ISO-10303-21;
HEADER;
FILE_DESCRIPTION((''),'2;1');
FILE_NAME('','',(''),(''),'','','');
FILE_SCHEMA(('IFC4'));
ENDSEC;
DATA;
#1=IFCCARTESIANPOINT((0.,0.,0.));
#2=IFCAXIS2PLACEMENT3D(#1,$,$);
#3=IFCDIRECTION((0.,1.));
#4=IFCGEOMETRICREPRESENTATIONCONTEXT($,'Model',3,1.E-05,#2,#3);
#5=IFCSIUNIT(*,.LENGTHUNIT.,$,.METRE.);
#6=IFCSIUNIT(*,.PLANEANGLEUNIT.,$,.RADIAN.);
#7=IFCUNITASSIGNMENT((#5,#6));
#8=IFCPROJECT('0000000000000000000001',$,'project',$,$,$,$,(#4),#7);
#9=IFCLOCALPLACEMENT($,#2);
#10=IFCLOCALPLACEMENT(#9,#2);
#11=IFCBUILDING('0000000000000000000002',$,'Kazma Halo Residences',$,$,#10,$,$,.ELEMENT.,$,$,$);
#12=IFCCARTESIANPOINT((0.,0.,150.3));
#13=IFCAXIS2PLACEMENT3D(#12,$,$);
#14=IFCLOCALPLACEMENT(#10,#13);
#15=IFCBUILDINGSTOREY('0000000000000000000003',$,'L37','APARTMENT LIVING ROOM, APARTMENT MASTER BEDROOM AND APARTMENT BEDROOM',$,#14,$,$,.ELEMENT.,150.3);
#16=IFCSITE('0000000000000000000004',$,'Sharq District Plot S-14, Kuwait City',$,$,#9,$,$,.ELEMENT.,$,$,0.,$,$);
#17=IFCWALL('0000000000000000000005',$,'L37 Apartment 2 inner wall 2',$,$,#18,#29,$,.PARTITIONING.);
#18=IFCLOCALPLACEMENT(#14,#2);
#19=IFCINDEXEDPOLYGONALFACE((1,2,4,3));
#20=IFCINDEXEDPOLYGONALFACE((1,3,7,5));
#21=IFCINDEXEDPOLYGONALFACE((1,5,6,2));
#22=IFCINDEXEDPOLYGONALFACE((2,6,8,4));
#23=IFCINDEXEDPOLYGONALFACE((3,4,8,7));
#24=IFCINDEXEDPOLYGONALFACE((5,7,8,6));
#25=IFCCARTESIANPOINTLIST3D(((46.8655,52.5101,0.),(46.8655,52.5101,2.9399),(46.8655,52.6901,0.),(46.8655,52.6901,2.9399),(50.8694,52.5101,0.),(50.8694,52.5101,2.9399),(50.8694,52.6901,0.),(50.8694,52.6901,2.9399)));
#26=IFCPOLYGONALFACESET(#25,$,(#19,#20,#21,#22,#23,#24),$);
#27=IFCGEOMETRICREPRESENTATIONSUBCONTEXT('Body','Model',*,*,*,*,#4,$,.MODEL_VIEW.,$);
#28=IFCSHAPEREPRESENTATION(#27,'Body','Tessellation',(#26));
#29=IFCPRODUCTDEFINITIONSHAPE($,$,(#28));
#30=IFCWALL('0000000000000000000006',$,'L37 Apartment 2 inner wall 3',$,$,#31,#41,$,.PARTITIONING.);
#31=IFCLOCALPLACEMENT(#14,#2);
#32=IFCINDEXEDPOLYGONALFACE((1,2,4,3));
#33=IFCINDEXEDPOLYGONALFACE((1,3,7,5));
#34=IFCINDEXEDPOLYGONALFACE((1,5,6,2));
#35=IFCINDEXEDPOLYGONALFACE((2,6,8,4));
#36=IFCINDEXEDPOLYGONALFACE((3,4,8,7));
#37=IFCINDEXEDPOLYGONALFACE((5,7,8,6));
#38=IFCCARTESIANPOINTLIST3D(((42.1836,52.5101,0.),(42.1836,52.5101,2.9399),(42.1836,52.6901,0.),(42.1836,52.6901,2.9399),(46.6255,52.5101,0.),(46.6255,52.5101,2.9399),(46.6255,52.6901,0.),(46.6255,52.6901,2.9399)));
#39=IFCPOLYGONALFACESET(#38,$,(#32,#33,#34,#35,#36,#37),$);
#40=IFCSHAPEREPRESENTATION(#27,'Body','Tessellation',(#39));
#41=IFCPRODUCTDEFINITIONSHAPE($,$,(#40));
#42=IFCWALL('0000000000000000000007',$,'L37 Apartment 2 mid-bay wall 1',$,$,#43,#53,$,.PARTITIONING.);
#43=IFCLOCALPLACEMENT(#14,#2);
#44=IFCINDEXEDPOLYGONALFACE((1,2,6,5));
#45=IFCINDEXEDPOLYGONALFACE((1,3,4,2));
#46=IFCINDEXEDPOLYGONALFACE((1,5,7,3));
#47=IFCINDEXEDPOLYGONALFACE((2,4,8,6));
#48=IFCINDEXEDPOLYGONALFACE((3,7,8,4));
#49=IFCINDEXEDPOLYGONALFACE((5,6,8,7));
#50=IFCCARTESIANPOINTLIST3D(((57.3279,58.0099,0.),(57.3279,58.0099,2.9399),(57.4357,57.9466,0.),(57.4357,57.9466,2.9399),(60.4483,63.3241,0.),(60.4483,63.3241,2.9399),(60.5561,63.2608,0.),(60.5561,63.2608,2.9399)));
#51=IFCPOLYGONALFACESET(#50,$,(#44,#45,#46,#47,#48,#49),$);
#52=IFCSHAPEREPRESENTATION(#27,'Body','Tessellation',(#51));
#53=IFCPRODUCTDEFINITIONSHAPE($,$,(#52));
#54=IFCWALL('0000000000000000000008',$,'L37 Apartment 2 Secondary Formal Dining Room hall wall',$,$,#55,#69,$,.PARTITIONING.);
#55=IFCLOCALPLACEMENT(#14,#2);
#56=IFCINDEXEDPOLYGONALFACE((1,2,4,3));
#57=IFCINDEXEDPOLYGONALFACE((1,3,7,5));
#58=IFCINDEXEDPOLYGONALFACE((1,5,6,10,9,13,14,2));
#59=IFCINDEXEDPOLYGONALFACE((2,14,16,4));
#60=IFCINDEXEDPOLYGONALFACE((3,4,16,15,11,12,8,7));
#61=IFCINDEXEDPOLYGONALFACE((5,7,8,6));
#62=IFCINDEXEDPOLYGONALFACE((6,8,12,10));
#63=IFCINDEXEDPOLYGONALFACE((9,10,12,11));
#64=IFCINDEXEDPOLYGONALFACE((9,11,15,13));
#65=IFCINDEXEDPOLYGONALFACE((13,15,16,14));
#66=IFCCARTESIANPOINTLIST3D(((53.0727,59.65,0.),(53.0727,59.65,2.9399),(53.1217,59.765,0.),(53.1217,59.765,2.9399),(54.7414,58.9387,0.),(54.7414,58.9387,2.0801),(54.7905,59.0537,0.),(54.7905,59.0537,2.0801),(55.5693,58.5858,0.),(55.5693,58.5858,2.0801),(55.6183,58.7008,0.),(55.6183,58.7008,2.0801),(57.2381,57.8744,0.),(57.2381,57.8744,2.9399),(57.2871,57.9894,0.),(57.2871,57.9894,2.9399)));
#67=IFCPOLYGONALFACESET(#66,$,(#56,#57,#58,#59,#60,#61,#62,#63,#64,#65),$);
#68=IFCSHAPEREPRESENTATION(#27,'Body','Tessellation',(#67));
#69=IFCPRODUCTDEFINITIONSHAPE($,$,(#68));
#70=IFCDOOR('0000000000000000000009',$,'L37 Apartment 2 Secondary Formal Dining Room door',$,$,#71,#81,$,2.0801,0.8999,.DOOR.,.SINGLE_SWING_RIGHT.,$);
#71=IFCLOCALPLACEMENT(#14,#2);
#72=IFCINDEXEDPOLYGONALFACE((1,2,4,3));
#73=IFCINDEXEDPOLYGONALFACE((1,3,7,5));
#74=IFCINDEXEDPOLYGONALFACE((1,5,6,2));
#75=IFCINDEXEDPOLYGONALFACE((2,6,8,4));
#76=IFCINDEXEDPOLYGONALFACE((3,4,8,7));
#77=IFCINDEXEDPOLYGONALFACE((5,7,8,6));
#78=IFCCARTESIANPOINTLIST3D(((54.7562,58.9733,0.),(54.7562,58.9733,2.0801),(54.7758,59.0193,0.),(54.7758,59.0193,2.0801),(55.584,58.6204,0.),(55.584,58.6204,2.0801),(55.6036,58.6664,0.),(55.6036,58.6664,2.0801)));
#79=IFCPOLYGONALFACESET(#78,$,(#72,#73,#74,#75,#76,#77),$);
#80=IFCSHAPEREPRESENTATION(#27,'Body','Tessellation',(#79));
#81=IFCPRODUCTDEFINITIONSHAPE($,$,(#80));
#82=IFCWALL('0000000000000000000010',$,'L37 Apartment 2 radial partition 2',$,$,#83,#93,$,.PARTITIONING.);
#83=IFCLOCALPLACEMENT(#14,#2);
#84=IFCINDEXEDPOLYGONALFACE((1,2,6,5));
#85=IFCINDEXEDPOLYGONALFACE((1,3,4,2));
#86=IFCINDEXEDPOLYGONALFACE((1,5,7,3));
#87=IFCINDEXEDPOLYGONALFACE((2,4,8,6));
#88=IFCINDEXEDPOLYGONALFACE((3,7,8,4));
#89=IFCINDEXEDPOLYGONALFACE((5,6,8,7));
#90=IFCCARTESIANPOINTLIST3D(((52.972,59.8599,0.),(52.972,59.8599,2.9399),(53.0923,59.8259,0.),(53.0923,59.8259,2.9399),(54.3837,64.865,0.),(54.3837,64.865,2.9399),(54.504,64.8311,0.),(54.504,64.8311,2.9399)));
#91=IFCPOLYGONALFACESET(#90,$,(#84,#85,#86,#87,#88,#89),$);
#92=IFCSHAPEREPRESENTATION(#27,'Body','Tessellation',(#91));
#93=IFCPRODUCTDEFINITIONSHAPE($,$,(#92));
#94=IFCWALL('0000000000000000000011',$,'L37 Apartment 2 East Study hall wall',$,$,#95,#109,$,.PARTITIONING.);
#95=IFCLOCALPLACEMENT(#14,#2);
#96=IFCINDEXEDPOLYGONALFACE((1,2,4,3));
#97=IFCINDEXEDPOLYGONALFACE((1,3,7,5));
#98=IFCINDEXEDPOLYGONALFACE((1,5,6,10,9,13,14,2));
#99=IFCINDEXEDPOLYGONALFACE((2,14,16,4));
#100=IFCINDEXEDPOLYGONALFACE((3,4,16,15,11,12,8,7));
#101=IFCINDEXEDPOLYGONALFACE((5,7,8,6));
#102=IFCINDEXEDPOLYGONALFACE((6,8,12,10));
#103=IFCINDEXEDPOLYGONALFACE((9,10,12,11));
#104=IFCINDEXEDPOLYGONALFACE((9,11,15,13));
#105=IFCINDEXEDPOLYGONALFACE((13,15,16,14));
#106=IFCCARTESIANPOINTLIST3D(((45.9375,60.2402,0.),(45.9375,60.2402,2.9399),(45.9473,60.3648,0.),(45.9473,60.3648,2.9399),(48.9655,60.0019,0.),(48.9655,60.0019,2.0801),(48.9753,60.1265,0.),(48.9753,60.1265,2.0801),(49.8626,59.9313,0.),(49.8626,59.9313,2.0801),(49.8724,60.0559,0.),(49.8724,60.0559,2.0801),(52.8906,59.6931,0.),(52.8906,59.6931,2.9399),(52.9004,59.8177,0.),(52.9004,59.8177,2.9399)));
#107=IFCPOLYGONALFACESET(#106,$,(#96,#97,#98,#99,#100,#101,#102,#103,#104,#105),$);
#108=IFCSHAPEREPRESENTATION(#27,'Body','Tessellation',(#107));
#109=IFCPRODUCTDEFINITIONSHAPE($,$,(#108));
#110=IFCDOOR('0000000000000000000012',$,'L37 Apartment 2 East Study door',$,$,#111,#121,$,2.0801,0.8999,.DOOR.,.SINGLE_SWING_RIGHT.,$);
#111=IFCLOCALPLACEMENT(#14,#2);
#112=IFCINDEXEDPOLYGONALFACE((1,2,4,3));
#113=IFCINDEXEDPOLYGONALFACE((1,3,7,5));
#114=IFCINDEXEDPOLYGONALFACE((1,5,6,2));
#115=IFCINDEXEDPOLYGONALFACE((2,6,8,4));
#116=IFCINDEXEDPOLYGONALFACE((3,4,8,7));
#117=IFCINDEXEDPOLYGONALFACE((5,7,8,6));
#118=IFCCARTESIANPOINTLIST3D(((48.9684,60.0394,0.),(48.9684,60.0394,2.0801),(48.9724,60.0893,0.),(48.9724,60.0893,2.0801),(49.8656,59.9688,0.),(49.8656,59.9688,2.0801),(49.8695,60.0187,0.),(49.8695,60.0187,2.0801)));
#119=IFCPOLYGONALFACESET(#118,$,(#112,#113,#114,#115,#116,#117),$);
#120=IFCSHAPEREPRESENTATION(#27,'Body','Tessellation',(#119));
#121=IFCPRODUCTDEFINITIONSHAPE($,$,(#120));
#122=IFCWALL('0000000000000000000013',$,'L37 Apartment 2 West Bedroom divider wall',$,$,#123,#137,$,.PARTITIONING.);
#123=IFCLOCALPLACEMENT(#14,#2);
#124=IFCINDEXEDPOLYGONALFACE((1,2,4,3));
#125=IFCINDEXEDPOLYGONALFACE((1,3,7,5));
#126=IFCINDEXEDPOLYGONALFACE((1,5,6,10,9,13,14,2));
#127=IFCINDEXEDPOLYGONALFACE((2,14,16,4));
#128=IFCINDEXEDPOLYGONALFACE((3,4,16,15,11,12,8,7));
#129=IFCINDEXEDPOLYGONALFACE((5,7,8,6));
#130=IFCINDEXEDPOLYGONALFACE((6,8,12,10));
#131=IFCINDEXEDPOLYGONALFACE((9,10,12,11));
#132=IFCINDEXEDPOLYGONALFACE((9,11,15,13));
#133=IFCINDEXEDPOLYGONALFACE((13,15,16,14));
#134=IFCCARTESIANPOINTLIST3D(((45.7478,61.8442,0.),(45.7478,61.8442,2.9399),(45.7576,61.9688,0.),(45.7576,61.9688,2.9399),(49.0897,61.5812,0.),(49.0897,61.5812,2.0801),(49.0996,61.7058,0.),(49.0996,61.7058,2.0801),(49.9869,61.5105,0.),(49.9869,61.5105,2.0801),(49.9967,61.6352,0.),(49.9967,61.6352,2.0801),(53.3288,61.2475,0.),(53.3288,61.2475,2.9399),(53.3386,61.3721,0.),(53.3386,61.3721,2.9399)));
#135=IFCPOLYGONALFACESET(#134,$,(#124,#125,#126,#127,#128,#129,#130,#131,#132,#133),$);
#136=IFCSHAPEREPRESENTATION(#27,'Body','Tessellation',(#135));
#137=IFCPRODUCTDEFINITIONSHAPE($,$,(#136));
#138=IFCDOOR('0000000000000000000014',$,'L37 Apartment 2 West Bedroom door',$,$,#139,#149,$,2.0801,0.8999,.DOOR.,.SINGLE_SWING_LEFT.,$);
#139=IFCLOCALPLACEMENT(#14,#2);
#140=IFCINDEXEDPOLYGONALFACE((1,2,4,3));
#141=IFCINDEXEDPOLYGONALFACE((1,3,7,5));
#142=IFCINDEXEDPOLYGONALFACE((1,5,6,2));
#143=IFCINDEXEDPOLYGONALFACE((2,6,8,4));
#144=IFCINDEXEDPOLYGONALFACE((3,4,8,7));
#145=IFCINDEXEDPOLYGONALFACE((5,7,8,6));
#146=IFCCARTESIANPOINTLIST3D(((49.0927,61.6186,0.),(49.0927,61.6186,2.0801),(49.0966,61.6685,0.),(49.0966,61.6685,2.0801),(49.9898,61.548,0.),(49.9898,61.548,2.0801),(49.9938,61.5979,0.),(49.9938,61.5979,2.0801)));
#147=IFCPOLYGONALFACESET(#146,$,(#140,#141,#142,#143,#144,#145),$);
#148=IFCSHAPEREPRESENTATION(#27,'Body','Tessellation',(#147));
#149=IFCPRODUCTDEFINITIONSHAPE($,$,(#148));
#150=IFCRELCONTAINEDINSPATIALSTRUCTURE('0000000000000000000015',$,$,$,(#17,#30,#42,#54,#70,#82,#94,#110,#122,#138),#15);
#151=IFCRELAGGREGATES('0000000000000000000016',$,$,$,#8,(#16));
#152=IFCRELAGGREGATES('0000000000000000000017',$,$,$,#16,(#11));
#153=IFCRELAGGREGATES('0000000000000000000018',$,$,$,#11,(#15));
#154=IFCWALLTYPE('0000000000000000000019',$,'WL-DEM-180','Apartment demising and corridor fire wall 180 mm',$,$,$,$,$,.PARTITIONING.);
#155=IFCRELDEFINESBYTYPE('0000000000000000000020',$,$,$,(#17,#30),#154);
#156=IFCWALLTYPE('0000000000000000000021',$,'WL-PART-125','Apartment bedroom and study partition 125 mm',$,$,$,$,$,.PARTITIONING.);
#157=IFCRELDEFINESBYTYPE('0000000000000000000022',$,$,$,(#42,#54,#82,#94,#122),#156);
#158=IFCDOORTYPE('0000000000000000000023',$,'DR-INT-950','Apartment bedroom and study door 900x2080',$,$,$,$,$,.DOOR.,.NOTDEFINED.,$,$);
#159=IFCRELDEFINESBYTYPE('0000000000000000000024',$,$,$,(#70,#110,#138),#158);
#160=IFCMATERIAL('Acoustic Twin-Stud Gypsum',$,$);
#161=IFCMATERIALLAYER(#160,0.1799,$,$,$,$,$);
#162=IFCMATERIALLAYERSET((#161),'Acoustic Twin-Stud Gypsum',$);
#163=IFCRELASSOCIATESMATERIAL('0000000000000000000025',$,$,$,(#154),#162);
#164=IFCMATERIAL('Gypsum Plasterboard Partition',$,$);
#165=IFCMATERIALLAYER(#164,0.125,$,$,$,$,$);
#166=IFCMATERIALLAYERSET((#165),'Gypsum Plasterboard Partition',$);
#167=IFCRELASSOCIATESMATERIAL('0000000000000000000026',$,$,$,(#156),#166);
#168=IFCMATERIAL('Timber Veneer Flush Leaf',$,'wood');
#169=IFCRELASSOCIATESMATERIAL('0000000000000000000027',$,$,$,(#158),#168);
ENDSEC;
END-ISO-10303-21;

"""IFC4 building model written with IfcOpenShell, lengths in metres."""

from ifc_helpers import new_model, si_unit, direction, frame, frame_2d, origin, place, context, subcontext, project, spatial, rectangle, extrude, material, layer, layer_set, type_object, element, fill, save


model = new_model("IFC4")

# Units and contexts
model_context = context("Model", 3, precision=1e-05, world=origin(), true_north=direction((0.0, 1.0)))
body_context = subcontext(model_context, "Body", "Model", "MODEL_VIEW")
ifc_project = project(units=[si_unit("LENGTHUNIT", "METRE"), si_unit("PLANEANGLEUNIT", "RADIAN")], contexts=[model_context])

# Site, building, storey
site_placement = place(None, origin())
site = spatial("IfcSite", under=ifc_project, at=site_placement, Name="Sharq District Plot S-14, Kuwait City", CompositionType="ELEMENT", RefElevation=0.0)
building_placement = place(site_placement, origin())
building = spatial("IfcBuilding", under=site, at=building_placement, Name="Kazma Halo Residences", CompositionType="ELEMENT")
storey_placement = place(building_placement, frame((0.0, 0.0, 150.3)))
storey = spatial("IfcBuildingStorey", under=building, at=storey_placement, Name="L37", Description="APARTMENT LIVING ROOM, APARTMENT MASTER BEDROOM AND APARTMENT BEDROOM", CompositionType="ELEMENT", Elevation=150.3)

# Walls
ifc_material_1 = material(Name="Acoustic Twin-Stud Gypsum")
ifc_layer_1 = layer(ifc_material_1, 0.1799)
ifc_layer_set_1 = layer_set([ifc_layer_1], Name="Acoustic Twin-Stud Gypsum")
wall_type_1 = type_object("IfcWallType", Name="WL-DEM-180", Description="Apartment demising and corridor fire wall 180 mm", PredefinedType="PARTITIONING", material=ifc_layer_set_1)
wall_1_placement = place(storey_placement, frame((50.8694, 52.6001, 0.0), z_axis=(0.0, 0.0, 1.0), x_axis=(-1.0, 0.0, 0.0)))
element("IfcWall", 1, at=wall_1_placement, inside=storey, type_object=wall_type_1, Name="L37 Apartment 2 inner wall 2", PredefinedType="PARTITIONING", context=body_context, shape_type="SweptSolid", body=[
    extrude(rectangle(XDim=4.0039, YDim=0.1799, at=frame_2d((2.002, 0.0))), origin(), (0.0, 0.0, 1.0), 2.9399),
])
wall_2_placement = place(storey_placement, frame((46.6255, 52.6001, 0.0), z_axis=(0.0, 0.0, 1.0), x_axis=(-1.0, 0.0, 0.0)))
element("IfcWall", 2, at=wall_2_placement, inside=storey, type_object=wall_type_1, Name="L37 Apartment 2 inner wall 3", PredefinedType="PARTITIONING", context=body_context, shape_type="SweptSolid", body=[
    extrude(rectangle(XDim=4.4419, YDim=0.1799, at=frame_2d((2.2209, 0.0))), origin(), (0.0, 0.0, 1.0), 2.9399),
])
ifc_material_2 = material(Name="Gypsum Plasterboard Partition")
ifc_layer_2 = layer(ifc_material_2, 0.125)
ifc_layer_set_2 = layer_set([ifc_layer_2], Name="Gypsum Plasterboard Partition")
wall_type_2 = type_object("IfcWallType", Name="WL-PART-125", Description="Apartment bedroom and study partition 125 mm", PredefinedType="PARTITIONING", material=ifc_layer_set_2)
wall_3_placement = place(storey_placement, frame((57.3818, 57.9783, 0.0), z_axis=(0.0, 0.0, 1.0), x_axis=(0.50634, 0.862334, 0.0)))
element("IfcWall", 3, at=wall_3_placement, inside=storey, type_object=wall_type_2, Name="L37 Apartment 2 mid-bay wall 1", PredefinedType="PARTITIONING", context=body_context, shape_type="SweptSolid", body=[
    extrude(rectangle(XDim=6.1626, YDim=0.125, at=frame_2d((3.0813, 0.0))), origin(), (0.0, 0.0, 1.0), 2.9399),
])

# Wall, opening, door
wall_4_placement = place(storey_placement, frame((57.2627, 57.9319, 0.0), z_axis=(0.0, 0.0, 1.0), x_axis=(-0.91991, 0.392129, 0.0)))
wall_4 = element("IfcWall", 4, at=wall_4_placement, inside=storey, type_object=wall_type_2, Name="L37 Apartment 2 Secondary Formal Dining Room hall wall", PredefinedType="PARTITIONING", context=body_context, shape_type="SweptSolid", body=[
    extrude(rectangle(XDim=4.5281, YDim=0.125, at=frame_2d((2.2642, 0.0))), origin(), (0.0, 0.0, 1.0), 2.9399),
])
opening_1_placement = place(wall_4_placement, frame((1.8142, 0.0, 0.0)))
opening_1 = element("IfcOpeningElement", 5, at=opening_1_placement, cuts=wall_4, PredefinedType="OPENING", context=body_context, shape_type="SweptSolid", body=[
    extrude(rectangle(XDim=0.8999, YDim=2.0801, at=frame_2d((0.45, 1.04))), frame((0.0, 0.0725, 0.0), z_axis=(0.0, -1.0, 0.0), x_axis=(1.0, 0.0, 0.0)), (0.0, 0.0, 1.0), 0.145),
])
ifc_material_3 = material(Name="Timber Veneer Flush Leaf", Category="wood")
door_type = type_object("IfcDoorType", Name="DR-INT-950", Description="Apartment bedroom and study door 900x2080", OperationType="NOTDEFINED", PredefinedType="DOOR", material=ifc_material_3)
door_1_placement = place(opening_1_placement, origin())
door_1 = element("IfcDoor", 6, at=door_1_placement, inside=storey, type_object=door_type, Name="L37 Apartment 2 Secondary Formal Dining Room door", OperationType="SINGLE_SWING_RIGHT", OverallHeight=2.0801, OverallWidth=0.8999, PredefinedType="DOOR", context=body_context, shape_type="SweptSolid", body=[
    extrude(rectangle(XDim=0.8999, YDim=2.0801, at=frame_2d((0.45, 1.04))), frame((0.0, 0.0249, 0.0), z_axis=(0.0, -1.0, 0.0), x_axis=(1.0, 0.0, 0.0)), (0.0, 0.0, 1.0), 0.05),
])
fill(opening_1, door_1)

# Wall
wall_5_placement = place(storey_placement, frame((53.0322, 59.843, 0.0), z_axis=(0.0, 0.0, 1.0), x_axis=(0.271446, 0.962454, 0.0)))
element("IfcWall", 7, at=wall_5_placement, inside=storey, type_object=wall_type_2, Name="L37 Apartment 2 radial partition 2", PredefinedType="PARTITIONING", context=body_context, shape_type="SweptSolid", body=[
    extrude(rectangle(XDim=5.2004, YDim=0.125, at=frame_2d((2.6001, 0.0))), origin(), (0.0, 0.0, 1.0), 2.9399),
])

# Walls, openings, doors
wall_6_placement = place(storey_placement, frame((52.8955, 59.7554, 0.0), z_axis=(0.0, 0.0, 1.0), x_axis=(-0.996918, 0.078444, 0.0)))
wall_6 = element("IfcWall", 8, at=wall_6_placement, inside=storey, type_object=wall_type_2, Name="L37 Apartment 2 East Study hall wall", PredefinedType="PARTITIONING", context=body_context, shape_type="SweptSolid", body=[
    extrude(rectangle(XDim=6.9746, YDim=0.125, at=frame_2d((3.4873, 0.0))), origin(), (0.0, 0.0, 1.0), 2.9399),
])
opening_2_placement = place(wall_6_placement, frame((3.0374, 0.0, 0.0)))
opening_2 = element("IfcOpeningElement", 9, at=opening_2_placement, cuts=wall_6, PredefinedType="OPENING", context=body_context, shape_type="SweptSolid", body=[
    extrude(rectangle(XDim=0.8999, YDim=2.0801, at=frame_2d((0.45, 1.04))), frame((0.0, 0.0725, 0.0), z_axis=(0.0, -1.0, 0.0), x_axis=(1.0, 0.0, 0.0)), (0.0, 0.0, 1.0), 0.145),
])
door_2_placement = place(opening_2_placement, origin())
door_2 = element("IfcDoor", 10, at=door_2_placement, inside=storey, type_object=door_type, Name="L37 Apartment 2 East Study door", OperationType="SINGLE_SWING_RIGHT", OverallHeight=2.0801, OverallWidth=0.8999, PredefinedType="DOOR", context=body_context, shape_type="SweptSolid", body=[
    extrude(rectangle(XDim=0.8999, YDim=2.0801, at=frame_2d((0.45, 1.04))), frame((0.0, 0.0249, 0.0), z_axis=(0.0, -1.0, 0.0), x_axis=(1.0, 0.0, 0.0)), (0.0, 0.0, 1.0), 0.05),
])
fill(opening_2, door_2)
wall_7_placement = place(storey_placement, frame((53.3337, 61.3098, 0.0), z_axis=(0.0, 0.0, 1.0), x_axis=(-0.996917, 0.078464, 0.0)))
wall_7 = element("IfcWall", 11, at=wall_7_placement, inside=storey, type_object=wall_type_2, Name="L37 Apartment 2 West Bedroom divider wall", PredefinedType="PARTITIONING", context=body_context, shape_type="SweptSolid", body=[
    extrude(rectangle(XDim=7.6045, YDim=0.125, at=frame_2d((3.8022, 0.0))), origin(), (0.0, 0.0, 1.0), 2.9399),
])
opening_3_placement = place(wall_7_placement, frame((3.3523, 0.0, 0.0)))
opening_3 = element("IfcOpeningElement", 12, at=opening_3_placement, cuts=wall_7, PredefinedType="OPENING", context=body_context, shape_type="SweptSolid", body=[
    extrude(rectangle(XDim=0.8999, YDim=2.0801, at=frame_2d((0.45, 1.04))), frame((0.0, 0.0725, 0.0), z_axis=(0.0, -1.0, 0.0), x_axis=(1.0, 0.0, 0.0)), (0.0, 0.0, 1.0), 0.145),
])
door_3_placement = place(opening_3_placement, origin())
door_3 = element("IfcDoor", 13, at=door_3_placement, inside=storey, type_object=door_type, Name="L37 Apartment 2 West Bedroom door", OperationType="SINGLE_SWING_LEFT", OverallHeight=2.0801, OverallWidth=0.8999, PredefinedType="DOOR", context=body_context, shape_type="SweptSolid", body=[
    extrude(rectangle(XDim=0.8999, YDim=2.0801, at=frame_2d((0.45, 1.04))), frame((0.0, 0.0249, 0.0), z_axis=(0.0, -1.0, 0.0), x_axis=(1.0, 0.0, 0.0)), (0.0, 0.0, 1.0), 0.05),
])
fill(opening_3, door_3)

save(model, "model.ifc")
